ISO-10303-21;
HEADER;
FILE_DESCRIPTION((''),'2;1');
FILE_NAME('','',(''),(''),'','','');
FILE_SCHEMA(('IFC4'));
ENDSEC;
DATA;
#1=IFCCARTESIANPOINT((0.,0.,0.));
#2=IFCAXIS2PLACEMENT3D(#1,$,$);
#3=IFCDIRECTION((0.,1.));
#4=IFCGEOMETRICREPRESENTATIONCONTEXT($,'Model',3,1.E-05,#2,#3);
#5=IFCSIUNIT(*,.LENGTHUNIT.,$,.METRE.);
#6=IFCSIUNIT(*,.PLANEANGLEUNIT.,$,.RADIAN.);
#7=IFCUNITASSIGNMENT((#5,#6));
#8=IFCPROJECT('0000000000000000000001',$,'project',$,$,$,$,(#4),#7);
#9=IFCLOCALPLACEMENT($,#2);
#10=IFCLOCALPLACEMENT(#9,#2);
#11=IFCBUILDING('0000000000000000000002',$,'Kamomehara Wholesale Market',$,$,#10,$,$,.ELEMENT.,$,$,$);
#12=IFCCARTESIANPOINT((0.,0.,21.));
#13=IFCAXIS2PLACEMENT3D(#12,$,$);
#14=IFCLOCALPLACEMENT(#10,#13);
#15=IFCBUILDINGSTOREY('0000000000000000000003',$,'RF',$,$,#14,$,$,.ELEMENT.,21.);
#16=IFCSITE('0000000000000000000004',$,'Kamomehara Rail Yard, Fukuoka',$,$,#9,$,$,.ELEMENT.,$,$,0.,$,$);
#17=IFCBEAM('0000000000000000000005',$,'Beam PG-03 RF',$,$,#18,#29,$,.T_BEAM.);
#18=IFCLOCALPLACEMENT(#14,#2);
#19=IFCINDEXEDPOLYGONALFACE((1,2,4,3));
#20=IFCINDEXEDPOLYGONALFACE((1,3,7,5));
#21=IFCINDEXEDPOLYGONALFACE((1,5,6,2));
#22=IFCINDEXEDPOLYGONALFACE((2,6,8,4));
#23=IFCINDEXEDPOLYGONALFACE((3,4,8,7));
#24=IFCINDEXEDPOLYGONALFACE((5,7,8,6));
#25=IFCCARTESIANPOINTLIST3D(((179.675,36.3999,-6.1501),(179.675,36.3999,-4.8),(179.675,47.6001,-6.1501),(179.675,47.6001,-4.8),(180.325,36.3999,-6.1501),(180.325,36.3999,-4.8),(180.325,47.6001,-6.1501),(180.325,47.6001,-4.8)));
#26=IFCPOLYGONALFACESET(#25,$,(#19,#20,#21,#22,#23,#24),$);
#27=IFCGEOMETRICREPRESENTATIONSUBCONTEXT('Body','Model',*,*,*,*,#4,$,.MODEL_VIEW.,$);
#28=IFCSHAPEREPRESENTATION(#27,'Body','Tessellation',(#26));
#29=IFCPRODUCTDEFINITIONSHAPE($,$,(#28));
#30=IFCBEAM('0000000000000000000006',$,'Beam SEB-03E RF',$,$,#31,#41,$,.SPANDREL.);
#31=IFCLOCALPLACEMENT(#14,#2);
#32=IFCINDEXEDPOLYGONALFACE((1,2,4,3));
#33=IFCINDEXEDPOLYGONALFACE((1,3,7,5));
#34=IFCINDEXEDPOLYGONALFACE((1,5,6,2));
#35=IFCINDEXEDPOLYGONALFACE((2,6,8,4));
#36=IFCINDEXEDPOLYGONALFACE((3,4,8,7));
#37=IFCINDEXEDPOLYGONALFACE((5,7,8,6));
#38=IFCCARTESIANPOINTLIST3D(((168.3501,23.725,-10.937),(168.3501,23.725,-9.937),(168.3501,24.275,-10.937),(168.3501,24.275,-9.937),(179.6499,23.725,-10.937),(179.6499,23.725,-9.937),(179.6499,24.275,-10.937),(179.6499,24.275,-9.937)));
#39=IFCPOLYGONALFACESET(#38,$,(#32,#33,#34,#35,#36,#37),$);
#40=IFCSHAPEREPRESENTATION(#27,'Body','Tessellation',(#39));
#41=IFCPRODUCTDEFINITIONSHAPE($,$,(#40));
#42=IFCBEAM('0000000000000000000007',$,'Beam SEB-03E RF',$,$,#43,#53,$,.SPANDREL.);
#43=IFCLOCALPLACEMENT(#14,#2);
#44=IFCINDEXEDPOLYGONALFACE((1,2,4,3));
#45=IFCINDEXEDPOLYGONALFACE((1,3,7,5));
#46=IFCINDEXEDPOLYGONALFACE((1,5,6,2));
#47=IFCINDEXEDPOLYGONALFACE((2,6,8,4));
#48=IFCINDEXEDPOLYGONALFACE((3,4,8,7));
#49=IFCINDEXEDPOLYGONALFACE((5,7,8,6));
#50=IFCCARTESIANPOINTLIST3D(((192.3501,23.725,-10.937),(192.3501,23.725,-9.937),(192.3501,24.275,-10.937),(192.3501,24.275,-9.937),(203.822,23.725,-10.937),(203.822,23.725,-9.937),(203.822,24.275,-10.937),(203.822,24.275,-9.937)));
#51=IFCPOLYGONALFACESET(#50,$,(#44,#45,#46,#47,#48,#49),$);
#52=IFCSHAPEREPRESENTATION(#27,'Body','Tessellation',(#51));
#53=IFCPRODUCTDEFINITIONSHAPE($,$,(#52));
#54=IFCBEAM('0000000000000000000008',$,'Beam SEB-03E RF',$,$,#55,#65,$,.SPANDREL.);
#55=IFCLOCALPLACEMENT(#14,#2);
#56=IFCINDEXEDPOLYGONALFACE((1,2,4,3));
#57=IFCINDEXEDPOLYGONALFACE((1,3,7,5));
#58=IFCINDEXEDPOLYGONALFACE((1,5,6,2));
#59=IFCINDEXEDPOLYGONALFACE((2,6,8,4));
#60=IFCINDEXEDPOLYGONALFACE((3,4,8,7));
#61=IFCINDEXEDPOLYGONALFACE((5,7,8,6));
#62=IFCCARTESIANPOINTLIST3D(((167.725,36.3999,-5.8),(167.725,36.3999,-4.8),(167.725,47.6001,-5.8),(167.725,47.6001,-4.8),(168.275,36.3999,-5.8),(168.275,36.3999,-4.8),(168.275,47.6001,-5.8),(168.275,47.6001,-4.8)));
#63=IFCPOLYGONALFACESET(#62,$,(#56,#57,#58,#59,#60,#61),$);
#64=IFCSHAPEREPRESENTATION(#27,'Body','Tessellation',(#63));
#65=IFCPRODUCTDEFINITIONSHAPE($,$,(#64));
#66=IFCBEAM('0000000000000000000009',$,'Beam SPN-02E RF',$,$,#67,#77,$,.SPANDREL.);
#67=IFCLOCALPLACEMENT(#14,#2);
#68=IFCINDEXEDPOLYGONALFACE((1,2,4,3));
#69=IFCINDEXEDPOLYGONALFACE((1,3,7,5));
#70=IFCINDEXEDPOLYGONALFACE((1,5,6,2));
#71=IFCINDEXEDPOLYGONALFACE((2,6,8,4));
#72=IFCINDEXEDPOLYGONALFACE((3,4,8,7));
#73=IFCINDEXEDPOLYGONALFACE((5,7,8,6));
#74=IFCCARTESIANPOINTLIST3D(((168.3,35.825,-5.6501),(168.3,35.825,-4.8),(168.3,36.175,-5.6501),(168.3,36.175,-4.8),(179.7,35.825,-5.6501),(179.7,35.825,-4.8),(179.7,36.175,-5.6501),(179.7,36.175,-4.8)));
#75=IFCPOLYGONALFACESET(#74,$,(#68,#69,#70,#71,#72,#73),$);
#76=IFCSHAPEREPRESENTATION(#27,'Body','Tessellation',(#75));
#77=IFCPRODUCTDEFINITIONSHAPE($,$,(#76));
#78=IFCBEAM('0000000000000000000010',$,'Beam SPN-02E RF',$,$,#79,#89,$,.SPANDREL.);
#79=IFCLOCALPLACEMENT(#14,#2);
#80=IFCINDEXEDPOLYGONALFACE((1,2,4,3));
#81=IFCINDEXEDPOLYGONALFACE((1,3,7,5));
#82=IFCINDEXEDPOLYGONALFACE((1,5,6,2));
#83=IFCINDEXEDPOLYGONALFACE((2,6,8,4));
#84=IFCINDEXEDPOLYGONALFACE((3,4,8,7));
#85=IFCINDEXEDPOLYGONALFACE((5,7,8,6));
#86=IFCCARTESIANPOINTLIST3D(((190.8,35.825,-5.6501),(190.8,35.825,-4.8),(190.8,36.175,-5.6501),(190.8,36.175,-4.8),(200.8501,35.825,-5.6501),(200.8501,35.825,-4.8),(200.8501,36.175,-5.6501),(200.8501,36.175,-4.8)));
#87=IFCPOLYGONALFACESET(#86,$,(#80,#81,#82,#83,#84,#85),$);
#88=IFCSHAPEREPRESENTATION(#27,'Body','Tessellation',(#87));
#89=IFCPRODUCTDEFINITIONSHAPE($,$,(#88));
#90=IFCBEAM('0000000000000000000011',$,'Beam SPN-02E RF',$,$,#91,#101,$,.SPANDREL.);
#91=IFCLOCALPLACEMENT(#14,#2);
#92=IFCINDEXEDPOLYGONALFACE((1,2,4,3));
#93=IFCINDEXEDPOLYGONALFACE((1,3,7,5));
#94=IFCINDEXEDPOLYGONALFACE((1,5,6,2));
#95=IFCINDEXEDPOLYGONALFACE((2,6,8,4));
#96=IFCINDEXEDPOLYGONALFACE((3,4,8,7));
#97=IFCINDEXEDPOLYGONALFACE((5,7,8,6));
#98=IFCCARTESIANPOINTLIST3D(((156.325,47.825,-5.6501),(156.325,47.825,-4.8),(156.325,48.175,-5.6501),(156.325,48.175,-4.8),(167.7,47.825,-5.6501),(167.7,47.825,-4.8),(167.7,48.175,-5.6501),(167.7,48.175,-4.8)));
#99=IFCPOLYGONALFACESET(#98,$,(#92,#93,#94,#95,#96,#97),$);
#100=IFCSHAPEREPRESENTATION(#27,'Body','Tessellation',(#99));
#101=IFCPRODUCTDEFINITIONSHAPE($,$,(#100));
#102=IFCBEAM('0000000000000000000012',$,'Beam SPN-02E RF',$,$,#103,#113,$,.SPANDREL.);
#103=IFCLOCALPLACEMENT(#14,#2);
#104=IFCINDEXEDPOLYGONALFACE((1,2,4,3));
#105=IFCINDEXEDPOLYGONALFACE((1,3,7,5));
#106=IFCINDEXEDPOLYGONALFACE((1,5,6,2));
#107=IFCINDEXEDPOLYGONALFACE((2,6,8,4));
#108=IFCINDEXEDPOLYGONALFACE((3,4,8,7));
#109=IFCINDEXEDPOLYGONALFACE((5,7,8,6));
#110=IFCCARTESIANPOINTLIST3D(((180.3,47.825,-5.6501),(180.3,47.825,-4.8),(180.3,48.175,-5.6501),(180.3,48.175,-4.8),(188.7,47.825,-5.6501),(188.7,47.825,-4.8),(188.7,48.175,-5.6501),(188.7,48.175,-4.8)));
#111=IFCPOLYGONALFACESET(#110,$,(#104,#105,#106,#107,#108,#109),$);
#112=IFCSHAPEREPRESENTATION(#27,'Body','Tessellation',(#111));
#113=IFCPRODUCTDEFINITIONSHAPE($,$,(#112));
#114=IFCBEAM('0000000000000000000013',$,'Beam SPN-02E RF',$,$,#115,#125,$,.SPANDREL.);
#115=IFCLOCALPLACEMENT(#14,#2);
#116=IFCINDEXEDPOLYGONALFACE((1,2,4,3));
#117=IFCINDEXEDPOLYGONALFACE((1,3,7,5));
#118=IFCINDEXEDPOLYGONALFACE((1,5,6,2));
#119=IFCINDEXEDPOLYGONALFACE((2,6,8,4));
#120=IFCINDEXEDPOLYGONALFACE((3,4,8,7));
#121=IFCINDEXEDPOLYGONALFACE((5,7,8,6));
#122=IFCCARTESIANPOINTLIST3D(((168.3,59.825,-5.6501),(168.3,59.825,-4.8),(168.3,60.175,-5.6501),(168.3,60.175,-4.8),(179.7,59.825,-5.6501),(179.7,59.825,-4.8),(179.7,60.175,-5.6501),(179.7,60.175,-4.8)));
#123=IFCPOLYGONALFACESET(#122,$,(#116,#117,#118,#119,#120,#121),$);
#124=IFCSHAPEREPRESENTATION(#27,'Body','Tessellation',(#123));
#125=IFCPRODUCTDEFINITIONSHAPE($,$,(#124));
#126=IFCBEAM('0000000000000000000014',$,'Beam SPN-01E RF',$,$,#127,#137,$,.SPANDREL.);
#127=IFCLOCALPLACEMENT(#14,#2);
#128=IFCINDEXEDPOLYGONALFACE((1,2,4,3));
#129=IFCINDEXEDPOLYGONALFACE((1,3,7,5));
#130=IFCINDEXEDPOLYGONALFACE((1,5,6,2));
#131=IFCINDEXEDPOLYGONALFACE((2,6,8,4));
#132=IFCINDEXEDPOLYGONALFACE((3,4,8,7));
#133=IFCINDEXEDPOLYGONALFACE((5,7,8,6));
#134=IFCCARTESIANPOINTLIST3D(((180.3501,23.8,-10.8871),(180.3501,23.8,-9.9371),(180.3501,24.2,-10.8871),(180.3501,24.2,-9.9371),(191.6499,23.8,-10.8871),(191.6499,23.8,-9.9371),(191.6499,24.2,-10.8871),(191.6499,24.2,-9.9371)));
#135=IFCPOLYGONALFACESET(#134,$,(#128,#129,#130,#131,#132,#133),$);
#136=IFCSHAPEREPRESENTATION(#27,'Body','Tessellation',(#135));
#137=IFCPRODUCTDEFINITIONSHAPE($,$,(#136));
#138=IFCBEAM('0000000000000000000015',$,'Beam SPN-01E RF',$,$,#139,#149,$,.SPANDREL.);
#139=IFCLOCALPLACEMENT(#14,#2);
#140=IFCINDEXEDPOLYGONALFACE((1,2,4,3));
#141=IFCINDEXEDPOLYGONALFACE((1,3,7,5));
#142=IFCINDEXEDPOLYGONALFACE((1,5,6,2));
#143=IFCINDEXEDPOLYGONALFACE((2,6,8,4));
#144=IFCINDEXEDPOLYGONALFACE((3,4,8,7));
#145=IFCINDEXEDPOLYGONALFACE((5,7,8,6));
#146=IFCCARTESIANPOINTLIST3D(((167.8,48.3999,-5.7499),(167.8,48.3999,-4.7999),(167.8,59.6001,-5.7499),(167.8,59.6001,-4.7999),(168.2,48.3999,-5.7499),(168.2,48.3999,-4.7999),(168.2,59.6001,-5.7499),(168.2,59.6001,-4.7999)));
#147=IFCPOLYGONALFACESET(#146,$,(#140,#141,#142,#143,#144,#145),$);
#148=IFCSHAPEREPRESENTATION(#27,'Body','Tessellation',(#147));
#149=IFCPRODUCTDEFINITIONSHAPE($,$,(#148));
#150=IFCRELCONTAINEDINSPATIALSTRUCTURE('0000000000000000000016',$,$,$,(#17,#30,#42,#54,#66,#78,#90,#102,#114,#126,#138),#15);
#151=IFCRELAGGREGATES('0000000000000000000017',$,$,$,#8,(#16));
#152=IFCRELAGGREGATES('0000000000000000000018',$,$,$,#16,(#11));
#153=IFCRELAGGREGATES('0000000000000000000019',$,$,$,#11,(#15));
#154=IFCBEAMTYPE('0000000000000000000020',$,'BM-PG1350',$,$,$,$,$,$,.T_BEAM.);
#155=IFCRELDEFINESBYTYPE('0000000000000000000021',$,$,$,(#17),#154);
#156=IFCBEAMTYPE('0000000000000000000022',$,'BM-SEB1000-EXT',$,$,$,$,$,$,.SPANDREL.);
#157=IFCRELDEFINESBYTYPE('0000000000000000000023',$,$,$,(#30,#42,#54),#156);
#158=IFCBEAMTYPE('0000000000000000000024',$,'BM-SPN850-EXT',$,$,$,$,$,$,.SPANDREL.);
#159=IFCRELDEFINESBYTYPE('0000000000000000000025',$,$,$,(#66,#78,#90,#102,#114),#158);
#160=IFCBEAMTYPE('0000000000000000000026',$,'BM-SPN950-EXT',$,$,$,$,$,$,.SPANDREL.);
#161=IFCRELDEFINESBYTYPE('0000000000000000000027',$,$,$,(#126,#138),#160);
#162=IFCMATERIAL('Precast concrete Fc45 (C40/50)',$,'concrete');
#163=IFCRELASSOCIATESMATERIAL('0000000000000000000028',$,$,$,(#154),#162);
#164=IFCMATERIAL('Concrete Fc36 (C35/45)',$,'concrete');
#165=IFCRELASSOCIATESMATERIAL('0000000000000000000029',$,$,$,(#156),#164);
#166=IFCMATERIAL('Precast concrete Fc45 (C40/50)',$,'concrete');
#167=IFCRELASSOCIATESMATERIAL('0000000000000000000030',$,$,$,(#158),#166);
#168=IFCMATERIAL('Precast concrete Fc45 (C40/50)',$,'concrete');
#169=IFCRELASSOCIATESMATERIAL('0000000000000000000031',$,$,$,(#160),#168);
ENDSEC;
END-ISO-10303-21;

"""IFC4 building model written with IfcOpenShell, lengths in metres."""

from ifc_helpers import new_model, si_unit, direction, frame, origin, origin_2d, place, context, subcontext, project, spatial, rectangle, extrude, material, material_profile, profile_set, type_object, element, save


model = new_model("IFC4")

# Units and contexts
model_context = context("Model", 3, precision=1e-05, world=origin(), true_north=direction((0.0, 1.0)))
body_context = subcontext(model_context, "Body", "Model", "MODEL_VIEW")
ifc_project = project(units=[si_unit("LENGTHUNIT", "METRE"), si_unit("PLANEANGLEUNIT", "RADIAN")], contexts=[model_context])

# Site, building, storey
site_placement = place(None, origin())
site = spatial("IfcSite", under=ifc_project, at=site_placement, Name="Kamomehara Rail Yard, Fukuoka", CompositionType="ELEMENT", RefElevation=0.0)
building_placement = place(site_placement, origin())
building = spatial("IfcBuilding", under=site, at=building_placement, Name="Kamomehara Wholesale Market", CompositionType="ELEMENT")
storey_placement = place(building_placement, frame((0.0, 0.0, 21.0)))
storey = spatial("IfcBuildingStorey", under=building, at=storey_placement, Name="RF", CompositionType="ELEMENT", Elevation=21.0)

# Beams
ifc_material_1 = material(Name="Precast concrete Fc45 (C40/50)", Category="concrete")
ifc_material_profile_1 = material_profile(ifc_material_1, rectangle(XDim=0.6499, YDim=1.3501, at=origin_2d()), Name="PC-GRD-650x1350")
ifc_profile_set_1 = profile_set([ifc_material_profile_1], Name="Precast concrete Fc45 (C40/50)")
beam_type_1 = type_object("IfcBeamType", Name="BM-PG1350", PredefinedType="T_BEAM", material=ifc_profile_set_1)
beam_1_placement = place(storey_placement, frame((180.0, 36.3999, -5.4751), z_axis=(0.0, 1.0, 0.0), x_axis=(-1.0, 0.0, 0.0)))
element("IfcBeam", 1, at=beam_1_placement, inside=storey, type_object=beam_type_1, Name="Beam PG-03 RF", PredefinedType="T_BEAM", context=body_context, shape_type="SweptSolid", body=[
    extrude(rectangle(XDim=0.6499, YDim=1.3501, at=origin_2d()), origin(), (0.0, 0.0, 1.0), 11.2002),
])
ifc_material_2 = material(Name="Concrete Fc36 (C35/45)", Category="concrete")
ifc_material_profile_2 = material_profile(ifc_material_2, rectangle(XDim=0.55, YDim=1.0, at=origin_2d()), Name="RC-SEB-550x1000")
ifc_profile_set_2 = profile_set([ifc_material_profile_2], Name="Concrete Fc36 (C35/45)")
beam_type_2 = type_object("IfcBeamType", Name="BM-SEB1000-EXT", PredefinedType="SPANDREL", material=ifc_profile_set_2)
beam_2_placement = place(storey_placement, frame((168.3501, 24.0, -10.437), z_axis=(1.0, 0.0, 0.0), x_axis=(0.0, 1.0, 0.0)))
element("IfcBeam", 2, at=beam_2_placement, inside=storey, type_object=beam_type_2, Name="Beam SEB-03E RF", PredefinedType="SPANDREL", context=body_context, shape_type="SweptSolid", body=[
    extrude(rectangle(XDim=0.55, YDim=1.0, at=origin_2d()), origin(), (0.0, 0.0, 1.0), 11.2998),
])
beam_3_placement = place(storey_placement, frame((192.3501, 24.0, -10.437), z_axis=(1.0, 0.0, 0.0), x_axis=(0.0, 1.0, 0.0)))
element("IfcBeam", 3, at=beam_3_placement, inside=storey, type_object=beam_type_2, Name="Beam SEB-03E RF", PredefinedType="SPANDREL", context=body_context, shape_type="SweptSolid", body=[
    extrude(rectangle(XDim=0.55, YDim=1.0, at=origin_2d()), origin(), (0.0, 0.0, 1.0), 11.4719),
])
beam_4_placement = place(storey_placement, frame((168.0, 36.3999, -5.3), z_axis=(0.0, 1.0, 0.0), x_axis=(-1.0, 0.0, 0.0)))
element("IfcBeam", 4, at=beam_4_placement, inside=storey, type_object=beam_type_2, Name="Beam SEB-03E RF", PredefinedType="SPANDREL", context=body_context, shape_type="SweptSolid", body=[
    extrude(rectangle(XDim=0.55, YDim=1.0, at=origin_2d()), origin(), (0.0, 0.0, 1.0), 11.2002),
])
ifc_material_3 = material(Name="Precast concrete Fc45 (C40/50)", Category="concrete")
ifc_material_profile_3 = material_profile(ifc_material_3, rectangle(XDim=0.3501, YDim=0.8501, at=origin_2d()), Name="PC-SPN-350x850")
ifc_profile_set_3 = profile_set([ifc_material_profile_3], Name="Precast concrete Fc45 (C40/50)")
beam_type_3 = type_object("IfcBeamType", Name="BM-SPN850-EXT", PredefinedType="SPANDREL", material=ifc_profile_set_3)
beam_5_placement = place(storey_placement, frame((168.3, 36.0, -5.2251), z_axis=(1.0, 0.0, 0.0), x_axis=(0.0, 1.0, 0.0)))
element("IfcBeam", 5, at=beam_5_placement, inside=storey, type_object=beam_type_3, Name="Beam SPN-02E RF", PredefinedType="SPANDREL", context=body_context, shape_type="SweptSolid", body=[
    extrude(rectangle(XDim=0.3501, YDim=0.8501, at=origin_2d()), origin(), (0.0, 0.0, 1.0), 11.3999),
])
beam_6_placement = place(storey_placement, frame((190.8, 36.0, -5.2251), z_axis=(1.0, 0.0, 0.0), x_axis=(0.0, 1.0, 0.0)))
element("IfcBeam", 6, at=beam_6_placement, inside=storey, type_object=beam_type_3, Name="Beam SPN-02E RF", PredefinedType="SPANDREL", context=body_context, shape_type="SweptSolid", body=[
    extrude(rectangle(XDim=0.3501, YDim=0.8501, at=origin_2d()), origin(), (0.0, 0.0, 1.0), 10.05),
])
beam_7_placement = place(storey_placement, frame((156.325, 48.0, -5.2251), z_axis=(1.0, 0.0, 0.0), x_axis=(0.0, 1.0, 0.0)))
element("IfcBeam", 7, at=beam_7_placement, inside=storey, type_object=beam_type_3, Name="Beam SPN-02E RF", PredefinedType="SPANDREL", context=body_context, shape_type="SweptSolid", body=[
    extrude(rectangle(XDim=0.3501, YDim=0.8501, at=origin_2d()), origin(), (0.0, 0.0, 1.0), 11.375),
])
beam_8_placement = place(storey_placement, frame((180.3, 48.0, -5.2251), z_axis=(1.0, 0.0, 0.0), x_axis=(0.0, 1.0, 0.0)))
element("IfcBeam", 8, at=beam_8_placement, inside=storey, type_object=beam_type_3, Name="Beam SPN-02E RF", PredefinedType="SPANDREL", context=body_context, shape_type="SweptSolid", body=[
    extrude(rectangle(XDim=0.3501, YDim=0.8501, at=origin_2d()), origin(), (0.0, 0.0, 1.0), 8.3999),
])
beam_9_placement = place(storey_placement, frame((168.3, 60.0, -5.2251), z_axis=(1.0, 0.0, 0.0), x_axis=(0.0, 1.0, 0.0)))
element("IfcBeam", 9, at=beam_9_placement, inside=storey, type_object=beam_type_3, Name="Beam SPN-02E RF", PredefinedType="SPANDREL", context=body_context, shape_type="SweptSolid", body=[
    extrude(rectangle(XDim=0.3501, YDim=0.8501, at=origin_2d()), origin(), (0.0, 0.0, 1.0), 11.3999),
])
ifc_material_4 = material(Name="Precast concrete Fc45 (C40/50)", Category="concrete")
ifc_material_profile_4 = material_profile(ifc_material_4, rectangle(XDim=0.3999, YDim=0.95, at=origin_2d()), Name="PC-SPN-400x950")
ifc_profile_set_4 = profile_set([ifc_material_profile_4], Name="Precast concrete Fc45 (C40/50)")
beam_type_4 = type_object("IfcBeamType", Name="BM-SPN950-EXT", PredefinedType="SPANDREL", material=ifc_profile_set_4)
beam_10_placement = place(storey_placement, frame((180.3501, 24.0, -10.4121), z_axis=(1.0, 0.0, 0.0), x_axis=(0.0, 1.0, 0.0)))
element("IfcBeam", 10, at=beam_10_placement, inside=storey, type_object=beam_type_4, Name="Beam SPN-01E RF", PredefinedType="SPANDREL", context=body_context, shape_type="SweptSolid", body=[
    extrude(rectangle(XDim=0.3999, YDim=0.95, at=origin_2d()), origin(), (0.0, 0.0, 1.0), 11.2998),
])
beam_11_placement = place(storey_placement, frame((168.0, 48.3999, -5.2749), z_axis=(0.0, 1.0, 0.0), x_axis=(-1.0, 0.0, 0.0)))
element("IfcBeam", 11, at=beam_11_placement, inside=storey, type_object=beam_type_4, Name="Beam SPN-01E RF", PredefinedType="SPANDREL", context=body_context, shape_type="SweptSolid", body=[
    extrude(rectangle(XDim=0.3999, YDim=0.95, at=origin_2d()), origin(), (0.0, 0.0, 1.0), 11.2002),
])

save(model, "model.ifc")
